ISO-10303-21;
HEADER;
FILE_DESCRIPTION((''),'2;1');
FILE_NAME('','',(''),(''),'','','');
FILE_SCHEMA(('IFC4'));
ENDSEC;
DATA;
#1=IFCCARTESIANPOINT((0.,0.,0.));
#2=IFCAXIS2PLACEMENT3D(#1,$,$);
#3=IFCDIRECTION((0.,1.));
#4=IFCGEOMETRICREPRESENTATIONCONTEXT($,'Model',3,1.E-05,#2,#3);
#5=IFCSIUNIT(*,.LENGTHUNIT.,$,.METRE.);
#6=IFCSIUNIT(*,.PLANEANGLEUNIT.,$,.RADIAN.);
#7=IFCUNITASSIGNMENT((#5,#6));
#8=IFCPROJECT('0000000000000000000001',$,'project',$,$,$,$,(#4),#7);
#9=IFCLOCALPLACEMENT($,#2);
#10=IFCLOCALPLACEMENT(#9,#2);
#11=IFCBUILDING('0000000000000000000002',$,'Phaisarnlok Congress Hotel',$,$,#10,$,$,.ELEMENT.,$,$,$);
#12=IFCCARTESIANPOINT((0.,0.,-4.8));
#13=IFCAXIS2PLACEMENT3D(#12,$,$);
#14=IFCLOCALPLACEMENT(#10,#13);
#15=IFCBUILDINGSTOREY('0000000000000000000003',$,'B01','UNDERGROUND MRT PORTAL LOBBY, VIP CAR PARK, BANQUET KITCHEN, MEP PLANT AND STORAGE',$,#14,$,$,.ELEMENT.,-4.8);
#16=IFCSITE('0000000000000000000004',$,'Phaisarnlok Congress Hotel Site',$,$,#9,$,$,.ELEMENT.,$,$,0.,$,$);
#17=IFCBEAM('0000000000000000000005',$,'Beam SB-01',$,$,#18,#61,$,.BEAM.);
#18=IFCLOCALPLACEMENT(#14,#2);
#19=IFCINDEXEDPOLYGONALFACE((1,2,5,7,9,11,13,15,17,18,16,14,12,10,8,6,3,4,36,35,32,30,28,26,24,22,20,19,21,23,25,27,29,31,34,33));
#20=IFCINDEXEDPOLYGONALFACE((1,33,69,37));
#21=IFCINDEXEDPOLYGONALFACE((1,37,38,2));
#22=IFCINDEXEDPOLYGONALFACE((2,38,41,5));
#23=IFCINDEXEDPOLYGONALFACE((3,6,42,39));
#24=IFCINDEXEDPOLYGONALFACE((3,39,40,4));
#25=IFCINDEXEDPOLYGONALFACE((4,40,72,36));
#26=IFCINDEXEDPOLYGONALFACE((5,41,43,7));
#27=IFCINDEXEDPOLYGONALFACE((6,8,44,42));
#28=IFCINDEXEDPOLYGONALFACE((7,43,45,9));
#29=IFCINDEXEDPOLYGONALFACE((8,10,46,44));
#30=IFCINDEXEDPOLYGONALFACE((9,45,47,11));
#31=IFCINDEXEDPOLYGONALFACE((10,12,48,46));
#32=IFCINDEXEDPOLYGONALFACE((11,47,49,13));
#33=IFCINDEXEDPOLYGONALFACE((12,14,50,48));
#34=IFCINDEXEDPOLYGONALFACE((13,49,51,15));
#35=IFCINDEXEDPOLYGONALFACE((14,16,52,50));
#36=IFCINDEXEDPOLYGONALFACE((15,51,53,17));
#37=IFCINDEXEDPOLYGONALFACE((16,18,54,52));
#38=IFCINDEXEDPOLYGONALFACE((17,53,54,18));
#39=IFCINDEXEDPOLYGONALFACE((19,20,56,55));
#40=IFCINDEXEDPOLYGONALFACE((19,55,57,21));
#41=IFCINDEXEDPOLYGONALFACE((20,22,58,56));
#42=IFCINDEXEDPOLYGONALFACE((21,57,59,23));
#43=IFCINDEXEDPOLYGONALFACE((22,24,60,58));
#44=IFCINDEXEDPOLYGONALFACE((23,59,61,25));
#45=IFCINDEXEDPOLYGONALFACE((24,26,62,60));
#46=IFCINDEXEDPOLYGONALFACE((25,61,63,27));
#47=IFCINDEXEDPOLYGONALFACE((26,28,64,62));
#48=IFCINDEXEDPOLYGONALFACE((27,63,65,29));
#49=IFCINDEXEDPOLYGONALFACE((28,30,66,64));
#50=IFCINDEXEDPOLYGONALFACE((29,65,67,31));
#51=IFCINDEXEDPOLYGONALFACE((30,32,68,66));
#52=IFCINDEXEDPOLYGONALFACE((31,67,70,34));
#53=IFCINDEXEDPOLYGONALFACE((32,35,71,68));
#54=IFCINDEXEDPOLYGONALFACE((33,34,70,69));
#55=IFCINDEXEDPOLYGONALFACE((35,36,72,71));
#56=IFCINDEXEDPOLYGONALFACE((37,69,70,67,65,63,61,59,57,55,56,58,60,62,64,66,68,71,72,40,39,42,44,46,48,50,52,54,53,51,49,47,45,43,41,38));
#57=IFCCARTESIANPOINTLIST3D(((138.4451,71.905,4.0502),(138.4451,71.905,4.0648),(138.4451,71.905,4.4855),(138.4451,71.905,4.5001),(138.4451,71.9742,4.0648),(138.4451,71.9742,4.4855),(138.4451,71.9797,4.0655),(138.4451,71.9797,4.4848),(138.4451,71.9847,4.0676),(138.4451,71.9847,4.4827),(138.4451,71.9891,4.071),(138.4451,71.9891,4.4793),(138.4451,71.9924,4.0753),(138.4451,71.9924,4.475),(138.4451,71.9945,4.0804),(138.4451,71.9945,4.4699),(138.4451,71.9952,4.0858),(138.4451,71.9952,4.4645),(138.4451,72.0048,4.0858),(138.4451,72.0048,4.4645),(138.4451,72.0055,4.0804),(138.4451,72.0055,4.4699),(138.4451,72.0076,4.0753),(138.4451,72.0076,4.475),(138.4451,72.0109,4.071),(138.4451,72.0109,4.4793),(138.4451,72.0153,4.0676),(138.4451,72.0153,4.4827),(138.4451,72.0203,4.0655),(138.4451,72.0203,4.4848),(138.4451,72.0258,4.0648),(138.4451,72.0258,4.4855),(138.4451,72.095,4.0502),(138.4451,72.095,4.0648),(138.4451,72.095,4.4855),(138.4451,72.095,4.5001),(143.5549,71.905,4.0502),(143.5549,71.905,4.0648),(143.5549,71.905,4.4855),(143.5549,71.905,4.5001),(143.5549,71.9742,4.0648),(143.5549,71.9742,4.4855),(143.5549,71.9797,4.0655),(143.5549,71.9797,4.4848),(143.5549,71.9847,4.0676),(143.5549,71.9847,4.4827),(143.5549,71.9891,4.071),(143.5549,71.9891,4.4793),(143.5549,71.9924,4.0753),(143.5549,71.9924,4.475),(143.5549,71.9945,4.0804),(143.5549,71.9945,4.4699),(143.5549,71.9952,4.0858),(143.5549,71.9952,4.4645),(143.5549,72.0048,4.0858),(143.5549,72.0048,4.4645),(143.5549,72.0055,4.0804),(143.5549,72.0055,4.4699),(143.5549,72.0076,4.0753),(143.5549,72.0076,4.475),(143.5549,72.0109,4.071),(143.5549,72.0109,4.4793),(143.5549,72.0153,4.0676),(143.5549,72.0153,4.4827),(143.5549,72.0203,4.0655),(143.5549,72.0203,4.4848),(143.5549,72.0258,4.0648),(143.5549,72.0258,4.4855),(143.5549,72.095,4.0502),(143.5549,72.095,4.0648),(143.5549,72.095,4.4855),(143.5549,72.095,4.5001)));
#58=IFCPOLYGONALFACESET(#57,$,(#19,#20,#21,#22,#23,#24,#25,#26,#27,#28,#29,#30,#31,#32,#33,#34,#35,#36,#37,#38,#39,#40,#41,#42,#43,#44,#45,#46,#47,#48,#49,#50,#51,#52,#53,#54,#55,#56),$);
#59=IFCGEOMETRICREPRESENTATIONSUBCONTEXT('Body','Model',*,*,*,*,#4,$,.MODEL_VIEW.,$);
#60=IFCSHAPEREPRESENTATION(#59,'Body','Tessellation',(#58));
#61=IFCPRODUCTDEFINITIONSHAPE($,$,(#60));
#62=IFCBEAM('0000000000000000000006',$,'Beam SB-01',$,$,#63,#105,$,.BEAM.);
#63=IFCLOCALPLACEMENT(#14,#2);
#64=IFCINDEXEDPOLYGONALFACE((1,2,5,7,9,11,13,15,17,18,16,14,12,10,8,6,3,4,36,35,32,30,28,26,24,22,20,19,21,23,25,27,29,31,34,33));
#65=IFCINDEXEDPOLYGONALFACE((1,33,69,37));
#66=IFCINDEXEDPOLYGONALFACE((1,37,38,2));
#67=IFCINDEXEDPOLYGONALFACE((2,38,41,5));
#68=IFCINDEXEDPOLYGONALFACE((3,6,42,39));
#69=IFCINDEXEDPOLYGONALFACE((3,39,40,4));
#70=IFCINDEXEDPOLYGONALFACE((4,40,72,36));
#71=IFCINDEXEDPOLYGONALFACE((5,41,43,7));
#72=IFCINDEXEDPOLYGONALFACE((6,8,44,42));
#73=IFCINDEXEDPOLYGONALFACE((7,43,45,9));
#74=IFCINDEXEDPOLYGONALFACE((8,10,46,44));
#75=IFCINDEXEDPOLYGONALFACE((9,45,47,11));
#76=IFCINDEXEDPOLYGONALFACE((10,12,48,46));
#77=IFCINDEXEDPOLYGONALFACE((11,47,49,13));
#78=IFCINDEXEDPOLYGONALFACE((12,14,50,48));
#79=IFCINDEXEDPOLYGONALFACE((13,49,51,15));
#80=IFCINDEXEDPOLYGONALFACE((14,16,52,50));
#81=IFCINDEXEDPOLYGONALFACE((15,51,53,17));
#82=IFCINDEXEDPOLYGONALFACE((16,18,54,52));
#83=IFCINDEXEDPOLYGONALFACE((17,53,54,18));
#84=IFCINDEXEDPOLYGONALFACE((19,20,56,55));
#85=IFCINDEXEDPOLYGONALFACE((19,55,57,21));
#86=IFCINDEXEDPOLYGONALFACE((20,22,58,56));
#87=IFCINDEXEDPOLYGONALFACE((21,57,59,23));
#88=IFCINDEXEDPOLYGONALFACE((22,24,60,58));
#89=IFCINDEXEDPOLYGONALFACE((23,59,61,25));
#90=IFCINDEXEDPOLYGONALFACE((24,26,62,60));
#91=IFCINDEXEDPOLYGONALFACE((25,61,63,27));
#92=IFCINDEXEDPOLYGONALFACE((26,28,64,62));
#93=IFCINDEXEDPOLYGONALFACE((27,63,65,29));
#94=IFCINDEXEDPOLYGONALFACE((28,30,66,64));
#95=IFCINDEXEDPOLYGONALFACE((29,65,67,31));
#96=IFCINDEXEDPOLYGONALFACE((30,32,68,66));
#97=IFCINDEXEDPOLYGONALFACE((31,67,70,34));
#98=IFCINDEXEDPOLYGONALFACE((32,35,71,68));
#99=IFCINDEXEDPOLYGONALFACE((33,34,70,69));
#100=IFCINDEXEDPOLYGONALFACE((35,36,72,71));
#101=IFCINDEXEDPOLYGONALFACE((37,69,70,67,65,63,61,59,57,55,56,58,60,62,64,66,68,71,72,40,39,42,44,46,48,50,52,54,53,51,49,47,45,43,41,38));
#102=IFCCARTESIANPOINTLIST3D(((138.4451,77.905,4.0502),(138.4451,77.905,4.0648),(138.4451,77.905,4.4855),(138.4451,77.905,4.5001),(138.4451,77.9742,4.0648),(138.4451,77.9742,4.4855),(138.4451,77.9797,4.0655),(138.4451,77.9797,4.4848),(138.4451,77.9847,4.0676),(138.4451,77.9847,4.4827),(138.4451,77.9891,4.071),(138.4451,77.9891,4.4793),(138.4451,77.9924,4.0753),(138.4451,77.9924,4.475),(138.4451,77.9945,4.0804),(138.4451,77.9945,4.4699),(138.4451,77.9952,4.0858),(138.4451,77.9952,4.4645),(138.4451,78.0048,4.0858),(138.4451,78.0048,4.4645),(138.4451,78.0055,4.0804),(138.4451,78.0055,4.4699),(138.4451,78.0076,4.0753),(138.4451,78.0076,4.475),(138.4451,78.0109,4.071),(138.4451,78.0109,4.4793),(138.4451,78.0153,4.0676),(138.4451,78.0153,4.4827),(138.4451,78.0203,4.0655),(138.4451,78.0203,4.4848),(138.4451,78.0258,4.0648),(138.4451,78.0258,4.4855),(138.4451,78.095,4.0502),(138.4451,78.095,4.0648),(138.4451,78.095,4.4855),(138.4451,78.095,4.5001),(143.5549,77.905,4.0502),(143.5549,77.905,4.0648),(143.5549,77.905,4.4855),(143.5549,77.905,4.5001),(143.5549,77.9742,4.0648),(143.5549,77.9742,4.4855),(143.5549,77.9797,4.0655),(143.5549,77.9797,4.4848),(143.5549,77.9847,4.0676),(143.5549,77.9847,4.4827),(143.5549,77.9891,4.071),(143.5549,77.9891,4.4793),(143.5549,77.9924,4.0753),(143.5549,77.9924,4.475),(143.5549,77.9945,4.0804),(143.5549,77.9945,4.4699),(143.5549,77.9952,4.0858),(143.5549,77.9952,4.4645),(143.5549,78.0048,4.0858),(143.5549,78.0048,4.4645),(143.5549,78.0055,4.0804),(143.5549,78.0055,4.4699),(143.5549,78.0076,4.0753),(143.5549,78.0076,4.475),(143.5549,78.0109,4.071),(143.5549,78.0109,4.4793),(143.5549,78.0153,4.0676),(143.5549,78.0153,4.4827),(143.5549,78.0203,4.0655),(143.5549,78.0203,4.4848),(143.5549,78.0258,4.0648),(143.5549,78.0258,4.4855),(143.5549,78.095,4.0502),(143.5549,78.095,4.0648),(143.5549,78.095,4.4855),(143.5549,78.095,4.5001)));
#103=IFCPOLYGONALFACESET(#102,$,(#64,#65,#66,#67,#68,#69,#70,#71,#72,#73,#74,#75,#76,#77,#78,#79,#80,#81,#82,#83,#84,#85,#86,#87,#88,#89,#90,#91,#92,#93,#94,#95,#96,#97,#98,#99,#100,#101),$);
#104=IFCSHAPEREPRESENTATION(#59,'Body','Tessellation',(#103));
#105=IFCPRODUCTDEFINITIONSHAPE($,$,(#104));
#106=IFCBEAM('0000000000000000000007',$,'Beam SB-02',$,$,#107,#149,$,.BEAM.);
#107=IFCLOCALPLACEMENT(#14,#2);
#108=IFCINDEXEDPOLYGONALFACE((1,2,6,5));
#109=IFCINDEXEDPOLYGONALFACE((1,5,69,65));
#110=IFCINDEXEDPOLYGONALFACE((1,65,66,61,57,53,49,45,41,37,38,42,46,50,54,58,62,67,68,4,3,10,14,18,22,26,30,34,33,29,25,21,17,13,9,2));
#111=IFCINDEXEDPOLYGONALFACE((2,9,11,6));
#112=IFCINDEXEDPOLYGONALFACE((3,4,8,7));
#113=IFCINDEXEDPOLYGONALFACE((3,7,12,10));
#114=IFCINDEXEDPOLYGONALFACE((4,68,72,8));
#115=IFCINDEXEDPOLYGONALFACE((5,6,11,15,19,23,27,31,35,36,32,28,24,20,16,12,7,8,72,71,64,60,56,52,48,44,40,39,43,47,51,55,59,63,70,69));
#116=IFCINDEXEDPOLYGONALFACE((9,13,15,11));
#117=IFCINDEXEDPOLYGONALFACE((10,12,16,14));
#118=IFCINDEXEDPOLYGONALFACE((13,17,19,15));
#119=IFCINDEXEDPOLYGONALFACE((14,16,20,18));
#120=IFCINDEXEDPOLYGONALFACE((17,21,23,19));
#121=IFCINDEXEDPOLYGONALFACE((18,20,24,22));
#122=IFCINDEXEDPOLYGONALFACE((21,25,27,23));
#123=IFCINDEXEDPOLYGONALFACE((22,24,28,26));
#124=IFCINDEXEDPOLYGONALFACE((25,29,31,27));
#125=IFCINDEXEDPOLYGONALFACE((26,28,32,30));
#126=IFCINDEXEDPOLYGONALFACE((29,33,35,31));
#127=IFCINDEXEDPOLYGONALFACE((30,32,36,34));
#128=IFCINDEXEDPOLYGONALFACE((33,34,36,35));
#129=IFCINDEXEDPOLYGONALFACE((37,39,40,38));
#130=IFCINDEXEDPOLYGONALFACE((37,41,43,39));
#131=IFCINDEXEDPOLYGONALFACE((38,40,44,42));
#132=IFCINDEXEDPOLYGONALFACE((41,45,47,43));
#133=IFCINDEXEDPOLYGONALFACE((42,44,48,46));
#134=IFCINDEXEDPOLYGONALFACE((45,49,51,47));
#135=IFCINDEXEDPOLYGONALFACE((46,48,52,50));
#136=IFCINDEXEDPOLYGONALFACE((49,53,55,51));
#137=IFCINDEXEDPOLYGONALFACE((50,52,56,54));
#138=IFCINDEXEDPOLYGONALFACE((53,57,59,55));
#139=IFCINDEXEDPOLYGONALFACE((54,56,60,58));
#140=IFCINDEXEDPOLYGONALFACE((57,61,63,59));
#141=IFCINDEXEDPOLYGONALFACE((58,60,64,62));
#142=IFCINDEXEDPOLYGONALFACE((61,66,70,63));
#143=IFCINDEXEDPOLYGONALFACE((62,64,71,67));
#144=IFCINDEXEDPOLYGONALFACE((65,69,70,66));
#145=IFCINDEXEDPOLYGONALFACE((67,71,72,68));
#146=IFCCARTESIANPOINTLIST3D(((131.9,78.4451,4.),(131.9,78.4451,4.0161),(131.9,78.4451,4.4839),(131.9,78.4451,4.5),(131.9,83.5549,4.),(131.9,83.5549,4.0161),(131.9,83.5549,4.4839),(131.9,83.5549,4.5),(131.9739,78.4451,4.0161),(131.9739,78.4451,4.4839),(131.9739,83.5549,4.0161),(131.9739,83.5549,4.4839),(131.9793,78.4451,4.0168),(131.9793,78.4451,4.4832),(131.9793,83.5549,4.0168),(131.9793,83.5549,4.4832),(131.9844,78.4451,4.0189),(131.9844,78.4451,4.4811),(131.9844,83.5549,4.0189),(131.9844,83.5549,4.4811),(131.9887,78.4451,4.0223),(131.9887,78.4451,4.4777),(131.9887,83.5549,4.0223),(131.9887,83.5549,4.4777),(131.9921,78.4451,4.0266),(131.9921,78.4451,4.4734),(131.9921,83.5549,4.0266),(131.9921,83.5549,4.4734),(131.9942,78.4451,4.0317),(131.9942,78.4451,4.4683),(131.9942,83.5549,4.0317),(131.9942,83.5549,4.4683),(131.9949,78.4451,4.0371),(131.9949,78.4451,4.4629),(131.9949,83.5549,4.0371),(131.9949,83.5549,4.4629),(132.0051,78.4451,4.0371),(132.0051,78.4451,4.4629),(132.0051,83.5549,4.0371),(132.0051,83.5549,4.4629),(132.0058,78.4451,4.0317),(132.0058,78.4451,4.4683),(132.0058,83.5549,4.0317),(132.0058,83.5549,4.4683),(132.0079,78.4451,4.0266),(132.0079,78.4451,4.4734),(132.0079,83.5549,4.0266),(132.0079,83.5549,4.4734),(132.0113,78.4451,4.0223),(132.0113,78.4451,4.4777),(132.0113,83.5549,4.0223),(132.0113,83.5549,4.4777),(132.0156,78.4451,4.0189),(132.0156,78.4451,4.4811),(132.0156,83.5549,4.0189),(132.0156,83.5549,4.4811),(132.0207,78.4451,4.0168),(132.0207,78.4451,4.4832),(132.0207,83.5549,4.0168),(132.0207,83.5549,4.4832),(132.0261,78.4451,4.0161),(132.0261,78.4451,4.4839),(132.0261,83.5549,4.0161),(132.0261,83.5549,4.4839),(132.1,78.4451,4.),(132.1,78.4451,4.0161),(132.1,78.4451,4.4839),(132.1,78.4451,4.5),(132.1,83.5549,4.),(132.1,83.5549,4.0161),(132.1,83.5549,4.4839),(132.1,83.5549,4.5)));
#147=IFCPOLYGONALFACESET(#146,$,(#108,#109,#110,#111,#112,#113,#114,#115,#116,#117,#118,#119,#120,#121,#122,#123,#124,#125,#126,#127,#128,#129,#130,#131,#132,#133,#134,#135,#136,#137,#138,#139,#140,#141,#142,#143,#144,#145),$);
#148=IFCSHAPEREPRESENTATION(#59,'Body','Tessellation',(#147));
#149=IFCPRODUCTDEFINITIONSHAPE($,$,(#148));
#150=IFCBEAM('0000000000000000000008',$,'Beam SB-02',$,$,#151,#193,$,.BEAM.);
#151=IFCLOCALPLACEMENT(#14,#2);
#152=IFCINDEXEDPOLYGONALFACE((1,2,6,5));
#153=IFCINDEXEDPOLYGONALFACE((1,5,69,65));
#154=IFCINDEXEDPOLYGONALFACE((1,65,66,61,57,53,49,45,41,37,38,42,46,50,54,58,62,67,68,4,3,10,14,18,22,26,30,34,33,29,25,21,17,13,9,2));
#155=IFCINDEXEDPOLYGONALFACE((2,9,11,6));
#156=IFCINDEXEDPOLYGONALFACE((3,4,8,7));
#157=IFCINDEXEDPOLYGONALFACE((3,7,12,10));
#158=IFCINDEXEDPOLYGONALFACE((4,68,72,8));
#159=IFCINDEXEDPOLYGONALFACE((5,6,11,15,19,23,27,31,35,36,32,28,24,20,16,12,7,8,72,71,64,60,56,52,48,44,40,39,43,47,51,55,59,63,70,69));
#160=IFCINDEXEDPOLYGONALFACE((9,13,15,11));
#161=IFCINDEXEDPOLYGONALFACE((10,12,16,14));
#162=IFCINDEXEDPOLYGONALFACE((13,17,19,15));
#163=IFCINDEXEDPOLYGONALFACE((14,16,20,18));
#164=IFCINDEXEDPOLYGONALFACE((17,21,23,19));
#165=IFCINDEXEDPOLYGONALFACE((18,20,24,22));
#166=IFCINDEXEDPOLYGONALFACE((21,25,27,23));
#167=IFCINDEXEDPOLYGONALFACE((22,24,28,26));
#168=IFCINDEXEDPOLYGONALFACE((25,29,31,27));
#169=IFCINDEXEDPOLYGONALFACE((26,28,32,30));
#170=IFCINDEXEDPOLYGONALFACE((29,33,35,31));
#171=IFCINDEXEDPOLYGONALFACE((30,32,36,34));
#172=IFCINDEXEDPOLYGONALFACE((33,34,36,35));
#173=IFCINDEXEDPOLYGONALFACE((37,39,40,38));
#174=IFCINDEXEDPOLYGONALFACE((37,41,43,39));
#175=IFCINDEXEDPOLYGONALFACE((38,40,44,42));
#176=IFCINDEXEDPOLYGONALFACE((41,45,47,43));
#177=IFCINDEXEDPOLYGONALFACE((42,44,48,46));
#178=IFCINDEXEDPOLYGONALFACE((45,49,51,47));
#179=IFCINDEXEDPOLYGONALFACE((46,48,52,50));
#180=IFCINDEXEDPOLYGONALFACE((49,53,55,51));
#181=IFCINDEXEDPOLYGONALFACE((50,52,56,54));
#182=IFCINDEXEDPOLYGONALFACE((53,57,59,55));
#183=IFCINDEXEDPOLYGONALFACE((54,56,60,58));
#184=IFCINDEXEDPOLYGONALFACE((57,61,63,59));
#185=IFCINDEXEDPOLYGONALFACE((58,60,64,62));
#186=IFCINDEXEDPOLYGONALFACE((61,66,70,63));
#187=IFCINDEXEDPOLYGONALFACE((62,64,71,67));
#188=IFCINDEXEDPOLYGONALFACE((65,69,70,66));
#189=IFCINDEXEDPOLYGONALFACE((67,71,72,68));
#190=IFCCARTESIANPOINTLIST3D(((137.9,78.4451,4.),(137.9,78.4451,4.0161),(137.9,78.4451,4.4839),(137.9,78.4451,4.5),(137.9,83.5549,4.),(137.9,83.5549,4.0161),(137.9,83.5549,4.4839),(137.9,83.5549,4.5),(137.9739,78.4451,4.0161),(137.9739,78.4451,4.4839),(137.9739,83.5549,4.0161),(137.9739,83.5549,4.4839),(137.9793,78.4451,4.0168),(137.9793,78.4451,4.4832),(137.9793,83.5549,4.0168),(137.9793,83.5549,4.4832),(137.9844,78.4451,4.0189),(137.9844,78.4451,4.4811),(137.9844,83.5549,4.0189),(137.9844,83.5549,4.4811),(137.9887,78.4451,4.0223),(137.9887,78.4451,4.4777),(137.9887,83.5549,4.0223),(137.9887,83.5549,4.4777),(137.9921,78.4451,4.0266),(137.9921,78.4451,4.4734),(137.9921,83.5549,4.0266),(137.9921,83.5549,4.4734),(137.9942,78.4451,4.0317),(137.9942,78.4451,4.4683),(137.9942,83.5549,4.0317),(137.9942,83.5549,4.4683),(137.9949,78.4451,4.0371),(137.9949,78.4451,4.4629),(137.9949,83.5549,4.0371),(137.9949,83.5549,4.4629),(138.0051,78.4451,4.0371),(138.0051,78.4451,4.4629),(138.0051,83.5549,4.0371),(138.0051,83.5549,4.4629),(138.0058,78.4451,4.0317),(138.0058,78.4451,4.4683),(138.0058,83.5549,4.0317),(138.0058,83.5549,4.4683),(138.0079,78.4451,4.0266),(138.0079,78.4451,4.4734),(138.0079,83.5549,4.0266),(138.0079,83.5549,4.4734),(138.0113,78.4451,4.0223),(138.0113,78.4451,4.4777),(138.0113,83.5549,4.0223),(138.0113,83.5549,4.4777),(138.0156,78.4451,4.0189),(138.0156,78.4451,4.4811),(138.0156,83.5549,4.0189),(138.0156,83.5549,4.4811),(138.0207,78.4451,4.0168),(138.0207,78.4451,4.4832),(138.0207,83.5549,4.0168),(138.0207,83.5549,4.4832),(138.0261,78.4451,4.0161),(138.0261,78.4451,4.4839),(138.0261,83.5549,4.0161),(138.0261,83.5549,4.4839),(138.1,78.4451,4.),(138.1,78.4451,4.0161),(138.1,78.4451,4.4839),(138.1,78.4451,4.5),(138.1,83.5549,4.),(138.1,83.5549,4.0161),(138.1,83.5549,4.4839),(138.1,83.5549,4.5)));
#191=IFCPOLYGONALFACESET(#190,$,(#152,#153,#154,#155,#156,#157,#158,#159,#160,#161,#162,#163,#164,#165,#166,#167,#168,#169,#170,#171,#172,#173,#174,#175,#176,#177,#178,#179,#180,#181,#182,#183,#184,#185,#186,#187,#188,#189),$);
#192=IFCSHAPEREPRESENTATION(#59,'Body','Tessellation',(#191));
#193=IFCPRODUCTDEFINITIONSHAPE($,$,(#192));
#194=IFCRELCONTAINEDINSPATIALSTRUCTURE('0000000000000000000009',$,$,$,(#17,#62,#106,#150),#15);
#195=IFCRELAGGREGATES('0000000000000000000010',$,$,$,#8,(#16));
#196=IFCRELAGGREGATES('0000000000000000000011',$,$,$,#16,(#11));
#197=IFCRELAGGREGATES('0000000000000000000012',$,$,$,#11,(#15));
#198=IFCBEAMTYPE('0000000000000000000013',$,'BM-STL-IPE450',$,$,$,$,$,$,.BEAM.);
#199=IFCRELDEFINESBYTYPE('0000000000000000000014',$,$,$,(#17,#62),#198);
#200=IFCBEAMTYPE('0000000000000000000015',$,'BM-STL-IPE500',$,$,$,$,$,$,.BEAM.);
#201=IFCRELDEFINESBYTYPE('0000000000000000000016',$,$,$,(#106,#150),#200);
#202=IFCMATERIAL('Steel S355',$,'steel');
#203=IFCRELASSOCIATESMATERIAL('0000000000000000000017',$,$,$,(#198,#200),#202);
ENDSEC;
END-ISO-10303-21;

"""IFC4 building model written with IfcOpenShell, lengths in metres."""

from ifc_helpers import new_model, si_unit, direction, frame, origin, origin_2d, place, context, subcontext, project, spatial, i_section, extrude, material, material_profile, profile_set, type_object, element, save


model = new_model("IFC4")

# Units and contexts
model_context = context("Model", 3, precision=1e-05, world=origin(), true_north=direction((0.0, 1.0)))
body_context = subcontext(model_context, "Body", "Model", "MODEL_VIEW")
ifc_project = project(units=[si_unit("LENGTHUNIT", "METRE"), si_unit("PLANEANGLEUNIT", "RADIAN")], contexts=[model_context])

# Site, building, storey
site_placement = place(None, origin())
site = spatial("IfcSite", under=ifc_project, at=site_placement, Name="Phaisarnlok Congress Hotel Site", CompositionType="ELEMENT", RefElevation=0.0)
building_placement = place(site_placement, origin())
building = spatial("IfcBuilding", under=site, at=building_placement, Name="Phaisarnlok Congress Hotel", CompositionType="ELEMENT")
storey_placement = place(building_placement, frame((0.0, 0.0, -4.8)))
storey = spatial("IfcBuildingStorey", under=building, at=storey_placement, Name="B01", Description="UNDERGROUND MRT PORTAL LOBBY, VIP CAR PARK, BANQUET KITCHEN, MEP PLANT AND STORAGE", CompositionType="ELEMENT", Elevation=-4.8)

# Beams
ifc_material_1 = material(Name="Steel S355", Category="steel")
ifc_material_profile_1 = material_profile(ifc_material_1, i_section(OverallWidth=0.1899, OverallDepth=0.45, WebThickness=0.0095, FlangeThickness=0.0146, FilletRadius=0.021, at=origin_2d()), Name="IPE 450")
ifc_profile_set_1 = profile_set([ifc_material_profile_1], Name="Steel S355")
beam_type_1 = type_object("IfcBeamType", Name="BM-STL-IPE450", PredefinedType="BEAM", material=ifc_profile_set_1)
for number, where, z_axis, x_axis, name in (
    (1, (138.4451, 72.0, 4.2751), (1.0, 0.0, 0.0), (0.0, 1.0, 0.0), "Beam SB-01"),
    (2, (138.4451, 78.0, 4.2751), (1.0, 0.0, 0.0), (0.0, 1.0, 0.0), "Beam SB-01"),
):
    element("IfcBeam", number, at=place(storey_placement, frame(where, z_axis=z_axis, x_axis=x_axis)), inside=storey, type_object=beam_type_1, Name=name, PredefinedType="BEAM", context=body_context, shape_type="SweptSolid", body=[
        extrude(i_section(OverallWidth=0.1899, OverallDepth=0.45, WebThickness=0.0095, FlangeThickness=0.0146, FilletRadius=0.021, at=origin_2d()), origin(), (0.0, 0.0, 1.0), 5.1099),
    ])
ifc_material_profile_2 = material_profile(ifc_material_1, i_section(OverallWidth=0.2, OverallDepth=0.5, WebThickness=0.0103, FlangeThickness=0.0161, FilletRadius=0.021, at=origin_2d()), Name="IPE 500")
ifc_profile_set_2 = profile_set([ifc_material_profile_2], Name="Steel S355")
beam_type_2 = type_object("IfcBeamType", Name="BM-STL-IPE500", PredefinedType="BEAM", material=ifc_profile_set_2)
for number, where, z_axis, x_axis, name in (
    (3, (132.0, 78.4451, 4.25), (0.0, 1.0, 0.0), (-1.0, 0.0, 0.0), "Beam SB-02"),
    (4, (138.0, 78.4451, 4.25), (0.0, 1.0, 0.0), (-1.0, 0.0, 0.0), "Beam SB-02"),
):
    element("IfcBeam", number, at=place(storey_placement, frame(where, z_axis=z_axis, x_axis=x_axis)), inside=storey, type_object=beam_type_2, Name=name, PredefinedType="BEAM", context=body_context, shape_type="SweptSolid", body=[
        extrude(i_section(OverallWidth=0.2, OverallDepth=0.5, WebThickness=0.0103, FlangeThickness=0.0161, FilletRadius=0.021, at=origin_2d()), origin(), (0.0, 0.0, 1.0), 5.1099),
    ])

save(model, "model.ifc")
